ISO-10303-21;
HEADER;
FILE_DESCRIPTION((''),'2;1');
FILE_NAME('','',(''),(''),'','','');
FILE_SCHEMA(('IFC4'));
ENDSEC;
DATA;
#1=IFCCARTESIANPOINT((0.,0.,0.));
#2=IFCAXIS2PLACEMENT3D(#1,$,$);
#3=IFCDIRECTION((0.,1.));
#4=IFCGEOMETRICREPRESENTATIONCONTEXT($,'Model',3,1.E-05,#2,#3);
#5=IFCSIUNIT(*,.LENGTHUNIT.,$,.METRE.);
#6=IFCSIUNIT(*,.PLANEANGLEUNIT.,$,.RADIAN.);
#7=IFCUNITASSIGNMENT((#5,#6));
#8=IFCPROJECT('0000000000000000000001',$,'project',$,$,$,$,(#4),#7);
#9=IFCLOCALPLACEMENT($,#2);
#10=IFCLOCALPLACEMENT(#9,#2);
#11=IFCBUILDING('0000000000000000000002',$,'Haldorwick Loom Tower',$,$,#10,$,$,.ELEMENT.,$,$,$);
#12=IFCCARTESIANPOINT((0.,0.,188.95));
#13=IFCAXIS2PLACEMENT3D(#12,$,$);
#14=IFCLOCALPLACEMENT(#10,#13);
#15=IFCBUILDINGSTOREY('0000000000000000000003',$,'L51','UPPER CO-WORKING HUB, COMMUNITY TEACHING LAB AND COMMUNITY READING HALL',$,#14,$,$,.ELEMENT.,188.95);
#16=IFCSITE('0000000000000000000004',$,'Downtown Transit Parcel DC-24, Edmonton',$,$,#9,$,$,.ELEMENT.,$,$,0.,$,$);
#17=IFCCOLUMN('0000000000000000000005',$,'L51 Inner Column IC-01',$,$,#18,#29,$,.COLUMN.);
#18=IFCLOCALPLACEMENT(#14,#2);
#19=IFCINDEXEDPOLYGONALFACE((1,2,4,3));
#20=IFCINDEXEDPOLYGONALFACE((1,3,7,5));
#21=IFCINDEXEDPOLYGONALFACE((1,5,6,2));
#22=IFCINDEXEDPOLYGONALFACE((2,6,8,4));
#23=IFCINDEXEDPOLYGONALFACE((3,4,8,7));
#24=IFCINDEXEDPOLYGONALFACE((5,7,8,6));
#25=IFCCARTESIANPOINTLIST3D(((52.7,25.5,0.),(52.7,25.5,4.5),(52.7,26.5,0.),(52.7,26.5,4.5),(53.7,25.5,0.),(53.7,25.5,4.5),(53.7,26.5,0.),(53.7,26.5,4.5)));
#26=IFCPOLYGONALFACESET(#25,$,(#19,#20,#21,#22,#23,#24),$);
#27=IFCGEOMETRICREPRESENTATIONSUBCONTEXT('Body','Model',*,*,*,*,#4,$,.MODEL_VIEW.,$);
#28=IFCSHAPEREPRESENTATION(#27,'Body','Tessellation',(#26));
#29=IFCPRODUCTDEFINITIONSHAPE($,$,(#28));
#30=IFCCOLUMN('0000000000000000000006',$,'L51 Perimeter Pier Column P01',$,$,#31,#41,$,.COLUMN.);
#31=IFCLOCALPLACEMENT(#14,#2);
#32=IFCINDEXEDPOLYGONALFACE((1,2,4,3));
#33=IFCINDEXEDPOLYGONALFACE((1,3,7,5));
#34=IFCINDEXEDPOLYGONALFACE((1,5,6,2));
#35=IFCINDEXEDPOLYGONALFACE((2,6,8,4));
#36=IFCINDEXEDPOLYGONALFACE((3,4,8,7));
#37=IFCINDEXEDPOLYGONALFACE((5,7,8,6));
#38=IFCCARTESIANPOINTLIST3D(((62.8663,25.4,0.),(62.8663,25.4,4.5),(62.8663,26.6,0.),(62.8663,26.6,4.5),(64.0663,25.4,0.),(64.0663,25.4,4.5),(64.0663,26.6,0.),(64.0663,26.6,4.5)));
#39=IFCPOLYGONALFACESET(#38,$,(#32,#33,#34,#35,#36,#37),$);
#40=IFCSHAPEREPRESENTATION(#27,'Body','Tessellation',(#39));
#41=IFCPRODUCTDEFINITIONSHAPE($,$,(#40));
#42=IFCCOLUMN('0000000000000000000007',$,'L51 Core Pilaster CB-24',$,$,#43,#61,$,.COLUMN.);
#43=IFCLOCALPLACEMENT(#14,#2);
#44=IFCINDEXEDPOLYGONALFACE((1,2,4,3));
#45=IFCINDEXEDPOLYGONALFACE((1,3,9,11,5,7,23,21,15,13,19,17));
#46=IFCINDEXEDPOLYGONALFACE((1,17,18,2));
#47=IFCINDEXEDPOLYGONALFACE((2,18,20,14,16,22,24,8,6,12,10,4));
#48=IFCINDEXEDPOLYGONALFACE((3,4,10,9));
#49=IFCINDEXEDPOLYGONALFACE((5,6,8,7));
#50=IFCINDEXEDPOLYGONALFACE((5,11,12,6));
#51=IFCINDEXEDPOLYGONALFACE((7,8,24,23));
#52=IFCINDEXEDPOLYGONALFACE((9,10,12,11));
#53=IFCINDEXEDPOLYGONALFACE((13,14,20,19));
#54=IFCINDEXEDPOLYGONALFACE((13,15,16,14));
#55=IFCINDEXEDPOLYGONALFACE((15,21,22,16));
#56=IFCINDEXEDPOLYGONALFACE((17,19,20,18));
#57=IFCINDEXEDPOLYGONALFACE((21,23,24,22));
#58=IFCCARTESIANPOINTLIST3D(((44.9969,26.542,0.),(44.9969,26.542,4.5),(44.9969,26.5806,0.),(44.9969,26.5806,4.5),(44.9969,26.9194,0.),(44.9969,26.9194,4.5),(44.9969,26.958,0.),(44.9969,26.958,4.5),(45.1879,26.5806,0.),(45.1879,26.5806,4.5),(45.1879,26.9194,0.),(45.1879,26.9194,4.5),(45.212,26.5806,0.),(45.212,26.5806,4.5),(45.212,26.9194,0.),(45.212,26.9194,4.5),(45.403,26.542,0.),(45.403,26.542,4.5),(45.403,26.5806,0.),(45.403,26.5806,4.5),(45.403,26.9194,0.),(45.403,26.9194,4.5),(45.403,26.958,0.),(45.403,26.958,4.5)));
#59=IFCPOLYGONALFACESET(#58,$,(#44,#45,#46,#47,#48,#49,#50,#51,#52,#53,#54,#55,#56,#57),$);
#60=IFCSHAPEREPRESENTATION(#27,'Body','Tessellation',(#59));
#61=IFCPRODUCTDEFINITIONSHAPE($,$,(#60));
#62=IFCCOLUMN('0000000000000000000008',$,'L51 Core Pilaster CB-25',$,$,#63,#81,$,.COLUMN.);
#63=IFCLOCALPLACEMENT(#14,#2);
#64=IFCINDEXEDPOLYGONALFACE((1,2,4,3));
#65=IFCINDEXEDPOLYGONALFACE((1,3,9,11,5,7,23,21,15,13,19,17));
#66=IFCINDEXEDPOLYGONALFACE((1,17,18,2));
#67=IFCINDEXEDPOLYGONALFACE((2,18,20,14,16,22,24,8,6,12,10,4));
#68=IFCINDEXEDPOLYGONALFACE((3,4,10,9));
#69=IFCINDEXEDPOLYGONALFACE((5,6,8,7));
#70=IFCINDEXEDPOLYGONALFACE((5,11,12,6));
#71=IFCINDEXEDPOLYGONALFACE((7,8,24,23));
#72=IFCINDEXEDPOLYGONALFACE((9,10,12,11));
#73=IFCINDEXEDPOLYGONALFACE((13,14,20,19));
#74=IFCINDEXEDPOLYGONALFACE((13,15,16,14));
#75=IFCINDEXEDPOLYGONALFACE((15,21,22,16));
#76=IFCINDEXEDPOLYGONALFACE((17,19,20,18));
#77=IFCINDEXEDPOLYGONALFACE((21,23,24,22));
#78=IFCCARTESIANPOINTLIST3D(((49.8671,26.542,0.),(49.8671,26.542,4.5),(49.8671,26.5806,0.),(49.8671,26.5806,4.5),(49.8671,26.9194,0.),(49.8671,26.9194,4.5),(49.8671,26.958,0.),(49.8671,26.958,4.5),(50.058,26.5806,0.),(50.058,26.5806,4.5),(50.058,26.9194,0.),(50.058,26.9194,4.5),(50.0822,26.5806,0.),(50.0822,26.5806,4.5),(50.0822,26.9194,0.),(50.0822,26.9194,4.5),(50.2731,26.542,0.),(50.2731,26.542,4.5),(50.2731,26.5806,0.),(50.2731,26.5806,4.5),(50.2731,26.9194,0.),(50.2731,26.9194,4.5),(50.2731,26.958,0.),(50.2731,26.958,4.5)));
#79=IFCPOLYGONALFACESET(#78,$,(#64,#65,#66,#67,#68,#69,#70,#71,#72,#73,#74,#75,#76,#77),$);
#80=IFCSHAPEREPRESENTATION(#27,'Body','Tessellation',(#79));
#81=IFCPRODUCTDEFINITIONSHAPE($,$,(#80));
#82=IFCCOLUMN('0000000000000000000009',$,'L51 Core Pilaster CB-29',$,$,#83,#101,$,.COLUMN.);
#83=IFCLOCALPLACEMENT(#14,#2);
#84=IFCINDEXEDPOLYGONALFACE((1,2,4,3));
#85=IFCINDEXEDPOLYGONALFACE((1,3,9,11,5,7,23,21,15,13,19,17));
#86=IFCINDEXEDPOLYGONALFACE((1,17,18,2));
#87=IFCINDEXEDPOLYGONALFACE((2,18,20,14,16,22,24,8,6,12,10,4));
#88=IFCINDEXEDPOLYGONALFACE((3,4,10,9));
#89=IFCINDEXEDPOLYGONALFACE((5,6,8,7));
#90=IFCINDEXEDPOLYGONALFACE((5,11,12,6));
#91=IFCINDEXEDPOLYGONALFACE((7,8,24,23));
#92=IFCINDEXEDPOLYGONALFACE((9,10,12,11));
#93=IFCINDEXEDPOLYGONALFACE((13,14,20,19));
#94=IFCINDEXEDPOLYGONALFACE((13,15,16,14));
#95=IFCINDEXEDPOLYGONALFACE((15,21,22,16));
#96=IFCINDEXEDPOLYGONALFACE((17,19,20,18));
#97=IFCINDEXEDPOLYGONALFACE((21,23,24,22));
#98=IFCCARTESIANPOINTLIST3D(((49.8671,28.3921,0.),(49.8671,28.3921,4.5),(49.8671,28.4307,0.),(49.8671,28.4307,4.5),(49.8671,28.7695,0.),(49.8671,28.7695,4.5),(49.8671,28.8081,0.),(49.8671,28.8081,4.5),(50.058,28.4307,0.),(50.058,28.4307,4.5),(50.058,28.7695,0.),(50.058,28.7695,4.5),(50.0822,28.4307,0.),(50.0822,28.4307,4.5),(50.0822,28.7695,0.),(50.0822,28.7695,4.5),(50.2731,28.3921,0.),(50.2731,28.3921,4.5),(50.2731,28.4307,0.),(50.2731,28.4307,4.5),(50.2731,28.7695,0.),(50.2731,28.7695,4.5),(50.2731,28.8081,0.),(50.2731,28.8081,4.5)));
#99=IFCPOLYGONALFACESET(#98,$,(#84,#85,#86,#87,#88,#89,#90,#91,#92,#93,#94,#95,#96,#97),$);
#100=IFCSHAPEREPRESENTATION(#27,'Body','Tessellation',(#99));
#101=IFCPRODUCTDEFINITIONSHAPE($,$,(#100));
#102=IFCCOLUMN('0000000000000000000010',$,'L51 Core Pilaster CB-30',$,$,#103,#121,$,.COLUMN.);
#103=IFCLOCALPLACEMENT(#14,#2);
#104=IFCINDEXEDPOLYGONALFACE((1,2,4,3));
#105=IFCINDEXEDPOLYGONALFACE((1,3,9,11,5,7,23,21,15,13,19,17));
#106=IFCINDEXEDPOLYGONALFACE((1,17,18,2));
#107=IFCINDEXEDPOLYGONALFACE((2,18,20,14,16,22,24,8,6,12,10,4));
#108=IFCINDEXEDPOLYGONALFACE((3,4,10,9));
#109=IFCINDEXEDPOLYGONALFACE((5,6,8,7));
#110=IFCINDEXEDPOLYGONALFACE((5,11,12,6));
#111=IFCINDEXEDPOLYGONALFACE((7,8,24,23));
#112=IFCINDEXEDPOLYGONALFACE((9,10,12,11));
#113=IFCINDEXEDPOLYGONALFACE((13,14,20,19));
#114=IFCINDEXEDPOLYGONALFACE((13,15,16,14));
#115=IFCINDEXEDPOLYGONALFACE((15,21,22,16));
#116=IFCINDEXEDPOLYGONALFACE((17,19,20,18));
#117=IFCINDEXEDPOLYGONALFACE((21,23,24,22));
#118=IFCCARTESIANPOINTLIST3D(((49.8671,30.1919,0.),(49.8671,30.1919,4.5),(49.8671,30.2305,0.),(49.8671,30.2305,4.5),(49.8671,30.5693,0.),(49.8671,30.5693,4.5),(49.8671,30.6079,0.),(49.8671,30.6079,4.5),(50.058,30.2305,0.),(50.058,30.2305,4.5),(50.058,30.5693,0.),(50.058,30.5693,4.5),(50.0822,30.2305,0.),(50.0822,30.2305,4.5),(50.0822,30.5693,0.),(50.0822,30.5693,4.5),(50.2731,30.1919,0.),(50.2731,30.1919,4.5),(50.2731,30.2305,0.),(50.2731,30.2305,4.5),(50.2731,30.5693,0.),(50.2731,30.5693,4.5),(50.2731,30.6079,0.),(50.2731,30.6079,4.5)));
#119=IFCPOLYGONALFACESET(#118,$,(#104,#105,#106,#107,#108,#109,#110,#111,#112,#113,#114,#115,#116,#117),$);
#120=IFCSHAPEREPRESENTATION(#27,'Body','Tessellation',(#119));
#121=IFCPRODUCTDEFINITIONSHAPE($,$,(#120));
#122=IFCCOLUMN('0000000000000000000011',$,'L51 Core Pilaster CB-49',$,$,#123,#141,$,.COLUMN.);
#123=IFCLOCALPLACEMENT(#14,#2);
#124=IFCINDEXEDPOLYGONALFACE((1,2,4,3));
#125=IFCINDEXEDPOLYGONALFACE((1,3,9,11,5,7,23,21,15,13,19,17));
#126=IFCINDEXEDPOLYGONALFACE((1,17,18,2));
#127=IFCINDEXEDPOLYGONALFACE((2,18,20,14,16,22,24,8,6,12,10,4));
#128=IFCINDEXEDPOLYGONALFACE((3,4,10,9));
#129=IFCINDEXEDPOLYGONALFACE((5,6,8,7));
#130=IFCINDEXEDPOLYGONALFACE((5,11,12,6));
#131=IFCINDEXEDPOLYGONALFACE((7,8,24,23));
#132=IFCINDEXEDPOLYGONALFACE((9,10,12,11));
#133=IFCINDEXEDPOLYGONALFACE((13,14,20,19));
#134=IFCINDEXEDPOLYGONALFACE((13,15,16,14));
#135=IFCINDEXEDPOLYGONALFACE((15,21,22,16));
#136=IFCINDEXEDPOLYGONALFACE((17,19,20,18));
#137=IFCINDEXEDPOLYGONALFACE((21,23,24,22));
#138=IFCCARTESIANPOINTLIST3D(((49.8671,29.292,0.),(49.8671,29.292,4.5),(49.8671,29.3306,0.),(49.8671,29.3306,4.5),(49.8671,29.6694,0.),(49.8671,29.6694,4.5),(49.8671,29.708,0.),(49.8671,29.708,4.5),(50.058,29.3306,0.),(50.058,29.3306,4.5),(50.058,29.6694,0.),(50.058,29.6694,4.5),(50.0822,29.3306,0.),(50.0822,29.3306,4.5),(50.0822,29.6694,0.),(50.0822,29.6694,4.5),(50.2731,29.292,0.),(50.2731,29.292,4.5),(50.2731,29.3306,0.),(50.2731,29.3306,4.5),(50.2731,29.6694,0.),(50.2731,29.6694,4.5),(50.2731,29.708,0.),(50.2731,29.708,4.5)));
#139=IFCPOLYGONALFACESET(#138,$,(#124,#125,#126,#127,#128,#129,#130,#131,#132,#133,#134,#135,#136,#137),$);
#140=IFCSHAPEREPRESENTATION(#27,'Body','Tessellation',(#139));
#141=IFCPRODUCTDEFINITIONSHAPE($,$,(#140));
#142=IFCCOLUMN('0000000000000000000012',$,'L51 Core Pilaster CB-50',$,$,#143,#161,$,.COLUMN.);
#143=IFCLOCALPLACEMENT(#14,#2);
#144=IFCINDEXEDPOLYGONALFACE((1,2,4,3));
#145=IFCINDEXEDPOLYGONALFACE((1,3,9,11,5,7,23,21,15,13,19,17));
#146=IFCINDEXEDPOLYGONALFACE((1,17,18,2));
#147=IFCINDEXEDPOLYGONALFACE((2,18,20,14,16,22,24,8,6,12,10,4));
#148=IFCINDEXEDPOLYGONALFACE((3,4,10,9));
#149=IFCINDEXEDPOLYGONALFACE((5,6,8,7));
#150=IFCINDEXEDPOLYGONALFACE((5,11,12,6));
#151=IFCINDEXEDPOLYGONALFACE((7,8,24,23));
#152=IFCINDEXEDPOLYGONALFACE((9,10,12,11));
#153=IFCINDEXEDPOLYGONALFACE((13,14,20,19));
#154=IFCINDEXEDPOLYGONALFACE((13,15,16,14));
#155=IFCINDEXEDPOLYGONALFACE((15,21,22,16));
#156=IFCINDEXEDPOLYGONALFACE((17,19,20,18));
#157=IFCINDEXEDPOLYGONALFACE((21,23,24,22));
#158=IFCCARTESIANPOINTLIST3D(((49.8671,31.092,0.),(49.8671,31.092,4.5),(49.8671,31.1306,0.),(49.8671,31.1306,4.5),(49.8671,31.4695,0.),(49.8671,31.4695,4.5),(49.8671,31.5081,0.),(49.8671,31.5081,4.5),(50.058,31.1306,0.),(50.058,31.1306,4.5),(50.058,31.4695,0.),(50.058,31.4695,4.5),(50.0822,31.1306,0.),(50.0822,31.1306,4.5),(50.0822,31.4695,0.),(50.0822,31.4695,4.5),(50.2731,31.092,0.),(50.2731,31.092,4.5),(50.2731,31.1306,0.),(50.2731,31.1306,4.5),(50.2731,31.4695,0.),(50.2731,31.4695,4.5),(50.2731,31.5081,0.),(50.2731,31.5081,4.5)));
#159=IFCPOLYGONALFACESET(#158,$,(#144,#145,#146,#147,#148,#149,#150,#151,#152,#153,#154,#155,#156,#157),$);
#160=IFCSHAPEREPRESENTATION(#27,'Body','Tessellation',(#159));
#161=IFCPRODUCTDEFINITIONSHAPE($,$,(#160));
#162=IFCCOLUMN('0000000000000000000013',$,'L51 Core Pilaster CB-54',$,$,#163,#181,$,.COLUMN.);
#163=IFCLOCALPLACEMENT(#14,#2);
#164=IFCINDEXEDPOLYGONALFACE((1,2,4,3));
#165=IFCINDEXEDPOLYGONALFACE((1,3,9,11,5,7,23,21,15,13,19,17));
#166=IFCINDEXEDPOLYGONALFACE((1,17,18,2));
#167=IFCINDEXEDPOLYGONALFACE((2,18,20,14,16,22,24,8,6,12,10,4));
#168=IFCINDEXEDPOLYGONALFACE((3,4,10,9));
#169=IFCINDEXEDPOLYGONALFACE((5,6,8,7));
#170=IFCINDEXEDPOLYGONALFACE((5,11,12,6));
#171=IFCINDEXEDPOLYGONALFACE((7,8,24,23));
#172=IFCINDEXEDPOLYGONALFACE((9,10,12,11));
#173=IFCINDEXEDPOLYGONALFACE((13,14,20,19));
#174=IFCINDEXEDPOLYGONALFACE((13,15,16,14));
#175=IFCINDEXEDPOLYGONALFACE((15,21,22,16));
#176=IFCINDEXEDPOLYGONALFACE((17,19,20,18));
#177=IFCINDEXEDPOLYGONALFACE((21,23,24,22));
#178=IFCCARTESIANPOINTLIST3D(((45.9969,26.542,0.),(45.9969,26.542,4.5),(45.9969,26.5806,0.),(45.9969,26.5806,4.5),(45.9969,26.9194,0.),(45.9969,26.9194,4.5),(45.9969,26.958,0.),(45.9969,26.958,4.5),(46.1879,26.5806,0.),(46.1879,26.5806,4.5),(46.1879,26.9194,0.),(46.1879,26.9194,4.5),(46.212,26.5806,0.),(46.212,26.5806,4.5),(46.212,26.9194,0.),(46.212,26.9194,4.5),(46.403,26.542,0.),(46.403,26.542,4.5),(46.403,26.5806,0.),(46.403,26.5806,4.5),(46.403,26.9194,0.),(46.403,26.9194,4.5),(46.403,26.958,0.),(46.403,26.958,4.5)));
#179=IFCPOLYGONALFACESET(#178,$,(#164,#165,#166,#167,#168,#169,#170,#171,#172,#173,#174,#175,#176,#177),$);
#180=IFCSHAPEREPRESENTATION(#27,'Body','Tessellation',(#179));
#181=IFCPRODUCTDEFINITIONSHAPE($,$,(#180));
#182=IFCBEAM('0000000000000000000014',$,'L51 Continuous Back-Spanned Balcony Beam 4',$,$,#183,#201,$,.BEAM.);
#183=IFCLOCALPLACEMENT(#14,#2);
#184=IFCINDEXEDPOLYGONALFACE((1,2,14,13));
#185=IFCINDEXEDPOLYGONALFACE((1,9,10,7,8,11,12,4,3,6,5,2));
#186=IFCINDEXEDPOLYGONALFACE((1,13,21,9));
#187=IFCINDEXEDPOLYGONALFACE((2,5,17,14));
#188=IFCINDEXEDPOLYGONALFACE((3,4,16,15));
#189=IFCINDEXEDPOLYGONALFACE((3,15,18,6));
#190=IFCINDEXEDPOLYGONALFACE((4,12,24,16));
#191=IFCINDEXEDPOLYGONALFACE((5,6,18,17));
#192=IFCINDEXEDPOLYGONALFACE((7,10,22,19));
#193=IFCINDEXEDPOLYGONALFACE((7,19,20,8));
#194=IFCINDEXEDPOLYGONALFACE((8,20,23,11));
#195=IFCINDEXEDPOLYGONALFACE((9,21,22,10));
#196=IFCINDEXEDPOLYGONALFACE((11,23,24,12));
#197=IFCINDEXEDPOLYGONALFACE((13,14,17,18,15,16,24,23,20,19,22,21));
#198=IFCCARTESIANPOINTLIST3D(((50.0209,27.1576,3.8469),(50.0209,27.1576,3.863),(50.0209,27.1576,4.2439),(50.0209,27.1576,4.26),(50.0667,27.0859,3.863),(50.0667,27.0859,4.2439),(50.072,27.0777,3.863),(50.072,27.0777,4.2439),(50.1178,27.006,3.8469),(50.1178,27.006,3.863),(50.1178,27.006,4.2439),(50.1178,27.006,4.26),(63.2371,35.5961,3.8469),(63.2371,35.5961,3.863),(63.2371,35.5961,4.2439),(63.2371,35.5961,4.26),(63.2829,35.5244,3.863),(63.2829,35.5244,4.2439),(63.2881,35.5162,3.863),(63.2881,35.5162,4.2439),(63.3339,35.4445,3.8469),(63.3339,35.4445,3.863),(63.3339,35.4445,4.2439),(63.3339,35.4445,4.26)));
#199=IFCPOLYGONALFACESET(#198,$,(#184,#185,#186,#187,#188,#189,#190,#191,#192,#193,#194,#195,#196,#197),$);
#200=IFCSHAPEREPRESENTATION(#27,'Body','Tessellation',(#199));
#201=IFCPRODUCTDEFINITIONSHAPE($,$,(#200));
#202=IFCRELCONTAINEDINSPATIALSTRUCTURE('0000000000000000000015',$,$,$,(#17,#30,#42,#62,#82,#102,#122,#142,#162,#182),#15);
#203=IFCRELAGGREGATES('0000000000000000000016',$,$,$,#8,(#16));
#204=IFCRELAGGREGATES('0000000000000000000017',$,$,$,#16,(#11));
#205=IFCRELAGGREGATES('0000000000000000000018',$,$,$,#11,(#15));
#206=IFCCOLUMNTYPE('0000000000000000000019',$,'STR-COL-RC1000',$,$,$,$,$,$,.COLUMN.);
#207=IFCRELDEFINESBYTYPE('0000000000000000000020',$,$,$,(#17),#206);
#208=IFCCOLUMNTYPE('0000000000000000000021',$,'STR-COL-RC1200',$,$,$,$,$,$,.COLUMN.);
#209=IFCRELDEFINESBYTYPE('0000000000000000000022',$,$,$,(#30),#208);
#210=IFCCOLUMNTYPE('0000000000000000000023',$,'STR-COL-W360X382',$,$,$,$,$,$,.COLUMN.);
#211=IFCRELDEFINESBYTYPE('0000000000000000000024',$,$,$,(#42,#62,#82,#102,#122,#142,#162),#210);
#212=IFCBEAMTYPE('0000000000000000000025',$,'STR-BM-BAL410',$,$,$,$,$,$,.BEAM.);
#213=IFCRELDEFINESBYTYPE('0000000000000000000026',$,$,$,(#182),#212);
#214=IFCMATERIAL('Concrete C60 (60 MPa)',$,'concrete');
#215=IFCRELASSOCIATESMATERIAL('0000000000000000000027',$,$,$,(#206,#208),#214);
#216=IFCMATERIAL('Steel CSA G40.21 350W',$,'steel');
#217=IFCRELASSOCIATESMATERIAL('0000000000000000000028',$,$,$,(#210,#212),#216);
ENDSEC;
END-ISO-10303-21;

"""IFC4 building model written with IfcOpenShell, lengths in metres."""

from ifc_helpers import new_model, si_unit, direction, frame, origin, origin_2d, place, context, subcontext, project, spatial, rectangle, i_section, extrude, material, material_profile, profile_set, type_object, element, save


model = new_model("IFC4")

# Units and contexts
model_context = context("Model", 3, precision=1e-05, world=origin(), true_north=direction((0.0, 1.0)))
body_context = subcontext(model_context, "Body", "Model", "MODEL_VIEW")
ifc_project = project(units=[si_unit("LENGTHUNIT", "METRE"), si_unit("PLANEANGLEUNIT", "RADIAN")], contexts=[model_context])

# Site, building, storey
site_placement = place(None, origin())
site = spatial("IfcSite", under=ifc_project, at=site_placement, Name="Downtown Transit Parcel DC-24, Edmonton", CompositionType="ELEMENT", RefElevation=0.0)
building_placement = place(site_placement, origin())
building = spatial("IfcBuilding", under=site, at=building_placement, Name="Haldorwick Loom Tower", CompositionType="ELEMENT")
storey_placement = place(building_placement, frame((0.0, 0.0, 188.95)))
storey = spatial("IfcBuildingStorey", under=building, at=storey_placement, Name="L51", Description="UPPER CO-WORKING HUB, COMMUNITY TEACHING LAB AND COMMUNITY READING HALL", CompositionType="ELEMENT", Elevation=188.95)

# Columns
ifc_material_1 = material(Name="Concrete C60 (60 MPa)", Category="concrete")
ifc_material_profile_1 = material_profile(ifc_material_1, rectangle(XDim=1.0, YDim=1.0, at=origin_2d()), Name="RC1000X1000", Category="concrete")
ifc_profile_set_1 = profile_set([ifc_material_profile_1], Name="Concrete C60 (60 MPa)")
column_type_1 = type_object("IfcColumnType", Name="STR-COL-RC1000", PredefinedType="COLUMN", material=ifc_profile_set_1)
column_1_placement = place(storey_placement, frame((53.2, 26.0, 0.0), z_axis=(0.0, 0.0, 1.0), x_axis=(1.0, 0.0, 0.0)))
element("IfcColumn", 1, at=column_1_placement, inside=storey, type_object=column_type_1, Name="L51 Inner Column IC-01", PredefinedType="COLUMN", context=body_context, shape_type="SweptSolid", body=[
    extrude(rectangle(XDim=1.0, YDim=1.0, at=origin_2d()), origin(), (0.0, 0.0, 1.0), 4.5),
])
ifc_material_profile_2 = material_profile(ifc_material_1, rectangle(XDim=1.2, YDim=1.2, at=origin_2d()), Name="RC1200X1200", Category="concrete")
ifc_profile_set_2 = profile_set([ifc_material_profile_2], Name="Concrete C60 (60 MPa)")
column_type_2 = type_object("IfcColumnType", Name="STR-COL-RC1200", PredefinedType="COLUMN", material=ifc_profile_set_2)
column_2_placement = place(storey_placement, frame((63.4663, 26.0, 0.0), z_axis=(0.0, 0.0, 1.0), x_axis=(1.0, 0.0, 0.0)))
element("IfcColumn", 2, at=column_2_placement, inside=storey, type_object=column_type_2, Name="L51 Perimeter Pier Column P01", PredefinedType="COLUMN", context=body_context, shape_type="SweptSolid", body=[
    extrude(rectangle(XDim=1.2, YDim=1.2, at=origin_2d()), origin(), (0.0, 0.0, 1.0), 4.5),
])
ifc_material_2 = material(Name="Steel CSA G40.21 350W", Category="steel")
ifc_material_profile_3 = material_profile(ifc_material_2, i_section(OverallWidth=0.406, OverallDepth=0.416, WebThickness=0.0242, FlangeThickness=0.0386, at=origin_2d()), Name="W360X382", Category="steel")
ifc_profile_set_3 = profile_set([ifc_material_profile_3], Name="Steel CSA G40.21 350W")
column_type_3 = type_object("IfcColumnType", Name="STR-COL-W360X382", PredefinedType="COLUMN", material=ifc_profile_set_3)
for number, where, z_axis, x_axis, name in (
    (3, (45.2, 26.75, 0.0), (0.0, 0.0, 1.0), (1.0, 0.0, 0.0), "L51 Core Pilaster CB-24"),
    (4, (50.0701, 26.75, 0.0), (0.0, 0.0, 1.0), (1.0, 0.0, 0.0), "L51 Core Pilaster CB-25"),
    (5, (50.0701, 28.6001, 0.0), (0.0, 0.0, 1.0), (1.0, 0.0, 0.0), "L51 Core Pilaster CB-29"),
    (6, (50.0701, 30.3999, 0.0), (0.0, 0.0, 1.0), (1.0, 0.0, 0.0), "L51 Core Pilaster CB-30"),
    (7, (50.0701, 29.5, 0.0), (0.0, 0.0, 1.0), (1.0, 0.0, 0.0), "L51 Core Pilaster CB-49"),
    (8, (50.0701, 31.3, 0.0), (0.0, 0.0, 1.0), (1.0, 0.0, 0.0), "L51 Core Pilaster CB-50"),
    (9, (46.2, 26.75, 0.0), (0.0, 0.0, 1.0), (1.0, 0.0, 0.0), "L51 Core Pilaster CB-54"),
):
    element("IfcColumn", number, at=place(storey_placement, frame(where, z_axis=z_axis, x_axis=x_axis)), inside=storey, type_object=column_type_3, Name=name, PredefinedType="COLUMN", context=body_context, shape_type="SweptSolid", body=[
        extrude(i_section(OverallWidth=0.406, OverallDepth=0.416, WebThickness=0.0242, FlangeThickness=0.0386, at=origin_2d()), origin(), (0.0, 0.0, 1.0), 4.5),
    ])

# Beam
ifc_material_profile_4 = material_profile(ifc_material_2, i_section(OverallWidth=0.1799, OverallDepth=0.4131, WebThickness=0.0098, FlangeThickness=0.0161, at=origin_2d()), Name="W410X74", Category="steel")
ifc_profile_set_4 = profile_set([ifc_material_profile_4], Name="Steel CSA G40.21 350W")
beam_type_1 = type_object("IfcBeamType", Name="STR-BM-BAL410", PredefinedType="BEAM", material=ifc_profile_set_4)
beam_1_placement = place(storey_placement, frame((50.0693, 27.0818, 4.0535), z_axis=(0.842844, 0.538157, 0.0), x_axis=(-0.538157, 0.842844, 0.0)))
element("IfcBeam", 10, at=beam_1_placement, inside=storey, type_object=beam_type_1, Name="L51 Continuous Back-Spanned Balcony Beam 4", PredefinedType="BEAM", context=body_context, shape_type="SweptSolid", body=[
    extrude(i_section(OverallWidth=0.1799, OverallDepth=0.4131, WebThickness=0.0098, FlangeThickness=0.0161, at=origin_2d()), origin(), (0.0, 0.0, 1.0), 15.6804),
])

save(model, "model.ifc")
